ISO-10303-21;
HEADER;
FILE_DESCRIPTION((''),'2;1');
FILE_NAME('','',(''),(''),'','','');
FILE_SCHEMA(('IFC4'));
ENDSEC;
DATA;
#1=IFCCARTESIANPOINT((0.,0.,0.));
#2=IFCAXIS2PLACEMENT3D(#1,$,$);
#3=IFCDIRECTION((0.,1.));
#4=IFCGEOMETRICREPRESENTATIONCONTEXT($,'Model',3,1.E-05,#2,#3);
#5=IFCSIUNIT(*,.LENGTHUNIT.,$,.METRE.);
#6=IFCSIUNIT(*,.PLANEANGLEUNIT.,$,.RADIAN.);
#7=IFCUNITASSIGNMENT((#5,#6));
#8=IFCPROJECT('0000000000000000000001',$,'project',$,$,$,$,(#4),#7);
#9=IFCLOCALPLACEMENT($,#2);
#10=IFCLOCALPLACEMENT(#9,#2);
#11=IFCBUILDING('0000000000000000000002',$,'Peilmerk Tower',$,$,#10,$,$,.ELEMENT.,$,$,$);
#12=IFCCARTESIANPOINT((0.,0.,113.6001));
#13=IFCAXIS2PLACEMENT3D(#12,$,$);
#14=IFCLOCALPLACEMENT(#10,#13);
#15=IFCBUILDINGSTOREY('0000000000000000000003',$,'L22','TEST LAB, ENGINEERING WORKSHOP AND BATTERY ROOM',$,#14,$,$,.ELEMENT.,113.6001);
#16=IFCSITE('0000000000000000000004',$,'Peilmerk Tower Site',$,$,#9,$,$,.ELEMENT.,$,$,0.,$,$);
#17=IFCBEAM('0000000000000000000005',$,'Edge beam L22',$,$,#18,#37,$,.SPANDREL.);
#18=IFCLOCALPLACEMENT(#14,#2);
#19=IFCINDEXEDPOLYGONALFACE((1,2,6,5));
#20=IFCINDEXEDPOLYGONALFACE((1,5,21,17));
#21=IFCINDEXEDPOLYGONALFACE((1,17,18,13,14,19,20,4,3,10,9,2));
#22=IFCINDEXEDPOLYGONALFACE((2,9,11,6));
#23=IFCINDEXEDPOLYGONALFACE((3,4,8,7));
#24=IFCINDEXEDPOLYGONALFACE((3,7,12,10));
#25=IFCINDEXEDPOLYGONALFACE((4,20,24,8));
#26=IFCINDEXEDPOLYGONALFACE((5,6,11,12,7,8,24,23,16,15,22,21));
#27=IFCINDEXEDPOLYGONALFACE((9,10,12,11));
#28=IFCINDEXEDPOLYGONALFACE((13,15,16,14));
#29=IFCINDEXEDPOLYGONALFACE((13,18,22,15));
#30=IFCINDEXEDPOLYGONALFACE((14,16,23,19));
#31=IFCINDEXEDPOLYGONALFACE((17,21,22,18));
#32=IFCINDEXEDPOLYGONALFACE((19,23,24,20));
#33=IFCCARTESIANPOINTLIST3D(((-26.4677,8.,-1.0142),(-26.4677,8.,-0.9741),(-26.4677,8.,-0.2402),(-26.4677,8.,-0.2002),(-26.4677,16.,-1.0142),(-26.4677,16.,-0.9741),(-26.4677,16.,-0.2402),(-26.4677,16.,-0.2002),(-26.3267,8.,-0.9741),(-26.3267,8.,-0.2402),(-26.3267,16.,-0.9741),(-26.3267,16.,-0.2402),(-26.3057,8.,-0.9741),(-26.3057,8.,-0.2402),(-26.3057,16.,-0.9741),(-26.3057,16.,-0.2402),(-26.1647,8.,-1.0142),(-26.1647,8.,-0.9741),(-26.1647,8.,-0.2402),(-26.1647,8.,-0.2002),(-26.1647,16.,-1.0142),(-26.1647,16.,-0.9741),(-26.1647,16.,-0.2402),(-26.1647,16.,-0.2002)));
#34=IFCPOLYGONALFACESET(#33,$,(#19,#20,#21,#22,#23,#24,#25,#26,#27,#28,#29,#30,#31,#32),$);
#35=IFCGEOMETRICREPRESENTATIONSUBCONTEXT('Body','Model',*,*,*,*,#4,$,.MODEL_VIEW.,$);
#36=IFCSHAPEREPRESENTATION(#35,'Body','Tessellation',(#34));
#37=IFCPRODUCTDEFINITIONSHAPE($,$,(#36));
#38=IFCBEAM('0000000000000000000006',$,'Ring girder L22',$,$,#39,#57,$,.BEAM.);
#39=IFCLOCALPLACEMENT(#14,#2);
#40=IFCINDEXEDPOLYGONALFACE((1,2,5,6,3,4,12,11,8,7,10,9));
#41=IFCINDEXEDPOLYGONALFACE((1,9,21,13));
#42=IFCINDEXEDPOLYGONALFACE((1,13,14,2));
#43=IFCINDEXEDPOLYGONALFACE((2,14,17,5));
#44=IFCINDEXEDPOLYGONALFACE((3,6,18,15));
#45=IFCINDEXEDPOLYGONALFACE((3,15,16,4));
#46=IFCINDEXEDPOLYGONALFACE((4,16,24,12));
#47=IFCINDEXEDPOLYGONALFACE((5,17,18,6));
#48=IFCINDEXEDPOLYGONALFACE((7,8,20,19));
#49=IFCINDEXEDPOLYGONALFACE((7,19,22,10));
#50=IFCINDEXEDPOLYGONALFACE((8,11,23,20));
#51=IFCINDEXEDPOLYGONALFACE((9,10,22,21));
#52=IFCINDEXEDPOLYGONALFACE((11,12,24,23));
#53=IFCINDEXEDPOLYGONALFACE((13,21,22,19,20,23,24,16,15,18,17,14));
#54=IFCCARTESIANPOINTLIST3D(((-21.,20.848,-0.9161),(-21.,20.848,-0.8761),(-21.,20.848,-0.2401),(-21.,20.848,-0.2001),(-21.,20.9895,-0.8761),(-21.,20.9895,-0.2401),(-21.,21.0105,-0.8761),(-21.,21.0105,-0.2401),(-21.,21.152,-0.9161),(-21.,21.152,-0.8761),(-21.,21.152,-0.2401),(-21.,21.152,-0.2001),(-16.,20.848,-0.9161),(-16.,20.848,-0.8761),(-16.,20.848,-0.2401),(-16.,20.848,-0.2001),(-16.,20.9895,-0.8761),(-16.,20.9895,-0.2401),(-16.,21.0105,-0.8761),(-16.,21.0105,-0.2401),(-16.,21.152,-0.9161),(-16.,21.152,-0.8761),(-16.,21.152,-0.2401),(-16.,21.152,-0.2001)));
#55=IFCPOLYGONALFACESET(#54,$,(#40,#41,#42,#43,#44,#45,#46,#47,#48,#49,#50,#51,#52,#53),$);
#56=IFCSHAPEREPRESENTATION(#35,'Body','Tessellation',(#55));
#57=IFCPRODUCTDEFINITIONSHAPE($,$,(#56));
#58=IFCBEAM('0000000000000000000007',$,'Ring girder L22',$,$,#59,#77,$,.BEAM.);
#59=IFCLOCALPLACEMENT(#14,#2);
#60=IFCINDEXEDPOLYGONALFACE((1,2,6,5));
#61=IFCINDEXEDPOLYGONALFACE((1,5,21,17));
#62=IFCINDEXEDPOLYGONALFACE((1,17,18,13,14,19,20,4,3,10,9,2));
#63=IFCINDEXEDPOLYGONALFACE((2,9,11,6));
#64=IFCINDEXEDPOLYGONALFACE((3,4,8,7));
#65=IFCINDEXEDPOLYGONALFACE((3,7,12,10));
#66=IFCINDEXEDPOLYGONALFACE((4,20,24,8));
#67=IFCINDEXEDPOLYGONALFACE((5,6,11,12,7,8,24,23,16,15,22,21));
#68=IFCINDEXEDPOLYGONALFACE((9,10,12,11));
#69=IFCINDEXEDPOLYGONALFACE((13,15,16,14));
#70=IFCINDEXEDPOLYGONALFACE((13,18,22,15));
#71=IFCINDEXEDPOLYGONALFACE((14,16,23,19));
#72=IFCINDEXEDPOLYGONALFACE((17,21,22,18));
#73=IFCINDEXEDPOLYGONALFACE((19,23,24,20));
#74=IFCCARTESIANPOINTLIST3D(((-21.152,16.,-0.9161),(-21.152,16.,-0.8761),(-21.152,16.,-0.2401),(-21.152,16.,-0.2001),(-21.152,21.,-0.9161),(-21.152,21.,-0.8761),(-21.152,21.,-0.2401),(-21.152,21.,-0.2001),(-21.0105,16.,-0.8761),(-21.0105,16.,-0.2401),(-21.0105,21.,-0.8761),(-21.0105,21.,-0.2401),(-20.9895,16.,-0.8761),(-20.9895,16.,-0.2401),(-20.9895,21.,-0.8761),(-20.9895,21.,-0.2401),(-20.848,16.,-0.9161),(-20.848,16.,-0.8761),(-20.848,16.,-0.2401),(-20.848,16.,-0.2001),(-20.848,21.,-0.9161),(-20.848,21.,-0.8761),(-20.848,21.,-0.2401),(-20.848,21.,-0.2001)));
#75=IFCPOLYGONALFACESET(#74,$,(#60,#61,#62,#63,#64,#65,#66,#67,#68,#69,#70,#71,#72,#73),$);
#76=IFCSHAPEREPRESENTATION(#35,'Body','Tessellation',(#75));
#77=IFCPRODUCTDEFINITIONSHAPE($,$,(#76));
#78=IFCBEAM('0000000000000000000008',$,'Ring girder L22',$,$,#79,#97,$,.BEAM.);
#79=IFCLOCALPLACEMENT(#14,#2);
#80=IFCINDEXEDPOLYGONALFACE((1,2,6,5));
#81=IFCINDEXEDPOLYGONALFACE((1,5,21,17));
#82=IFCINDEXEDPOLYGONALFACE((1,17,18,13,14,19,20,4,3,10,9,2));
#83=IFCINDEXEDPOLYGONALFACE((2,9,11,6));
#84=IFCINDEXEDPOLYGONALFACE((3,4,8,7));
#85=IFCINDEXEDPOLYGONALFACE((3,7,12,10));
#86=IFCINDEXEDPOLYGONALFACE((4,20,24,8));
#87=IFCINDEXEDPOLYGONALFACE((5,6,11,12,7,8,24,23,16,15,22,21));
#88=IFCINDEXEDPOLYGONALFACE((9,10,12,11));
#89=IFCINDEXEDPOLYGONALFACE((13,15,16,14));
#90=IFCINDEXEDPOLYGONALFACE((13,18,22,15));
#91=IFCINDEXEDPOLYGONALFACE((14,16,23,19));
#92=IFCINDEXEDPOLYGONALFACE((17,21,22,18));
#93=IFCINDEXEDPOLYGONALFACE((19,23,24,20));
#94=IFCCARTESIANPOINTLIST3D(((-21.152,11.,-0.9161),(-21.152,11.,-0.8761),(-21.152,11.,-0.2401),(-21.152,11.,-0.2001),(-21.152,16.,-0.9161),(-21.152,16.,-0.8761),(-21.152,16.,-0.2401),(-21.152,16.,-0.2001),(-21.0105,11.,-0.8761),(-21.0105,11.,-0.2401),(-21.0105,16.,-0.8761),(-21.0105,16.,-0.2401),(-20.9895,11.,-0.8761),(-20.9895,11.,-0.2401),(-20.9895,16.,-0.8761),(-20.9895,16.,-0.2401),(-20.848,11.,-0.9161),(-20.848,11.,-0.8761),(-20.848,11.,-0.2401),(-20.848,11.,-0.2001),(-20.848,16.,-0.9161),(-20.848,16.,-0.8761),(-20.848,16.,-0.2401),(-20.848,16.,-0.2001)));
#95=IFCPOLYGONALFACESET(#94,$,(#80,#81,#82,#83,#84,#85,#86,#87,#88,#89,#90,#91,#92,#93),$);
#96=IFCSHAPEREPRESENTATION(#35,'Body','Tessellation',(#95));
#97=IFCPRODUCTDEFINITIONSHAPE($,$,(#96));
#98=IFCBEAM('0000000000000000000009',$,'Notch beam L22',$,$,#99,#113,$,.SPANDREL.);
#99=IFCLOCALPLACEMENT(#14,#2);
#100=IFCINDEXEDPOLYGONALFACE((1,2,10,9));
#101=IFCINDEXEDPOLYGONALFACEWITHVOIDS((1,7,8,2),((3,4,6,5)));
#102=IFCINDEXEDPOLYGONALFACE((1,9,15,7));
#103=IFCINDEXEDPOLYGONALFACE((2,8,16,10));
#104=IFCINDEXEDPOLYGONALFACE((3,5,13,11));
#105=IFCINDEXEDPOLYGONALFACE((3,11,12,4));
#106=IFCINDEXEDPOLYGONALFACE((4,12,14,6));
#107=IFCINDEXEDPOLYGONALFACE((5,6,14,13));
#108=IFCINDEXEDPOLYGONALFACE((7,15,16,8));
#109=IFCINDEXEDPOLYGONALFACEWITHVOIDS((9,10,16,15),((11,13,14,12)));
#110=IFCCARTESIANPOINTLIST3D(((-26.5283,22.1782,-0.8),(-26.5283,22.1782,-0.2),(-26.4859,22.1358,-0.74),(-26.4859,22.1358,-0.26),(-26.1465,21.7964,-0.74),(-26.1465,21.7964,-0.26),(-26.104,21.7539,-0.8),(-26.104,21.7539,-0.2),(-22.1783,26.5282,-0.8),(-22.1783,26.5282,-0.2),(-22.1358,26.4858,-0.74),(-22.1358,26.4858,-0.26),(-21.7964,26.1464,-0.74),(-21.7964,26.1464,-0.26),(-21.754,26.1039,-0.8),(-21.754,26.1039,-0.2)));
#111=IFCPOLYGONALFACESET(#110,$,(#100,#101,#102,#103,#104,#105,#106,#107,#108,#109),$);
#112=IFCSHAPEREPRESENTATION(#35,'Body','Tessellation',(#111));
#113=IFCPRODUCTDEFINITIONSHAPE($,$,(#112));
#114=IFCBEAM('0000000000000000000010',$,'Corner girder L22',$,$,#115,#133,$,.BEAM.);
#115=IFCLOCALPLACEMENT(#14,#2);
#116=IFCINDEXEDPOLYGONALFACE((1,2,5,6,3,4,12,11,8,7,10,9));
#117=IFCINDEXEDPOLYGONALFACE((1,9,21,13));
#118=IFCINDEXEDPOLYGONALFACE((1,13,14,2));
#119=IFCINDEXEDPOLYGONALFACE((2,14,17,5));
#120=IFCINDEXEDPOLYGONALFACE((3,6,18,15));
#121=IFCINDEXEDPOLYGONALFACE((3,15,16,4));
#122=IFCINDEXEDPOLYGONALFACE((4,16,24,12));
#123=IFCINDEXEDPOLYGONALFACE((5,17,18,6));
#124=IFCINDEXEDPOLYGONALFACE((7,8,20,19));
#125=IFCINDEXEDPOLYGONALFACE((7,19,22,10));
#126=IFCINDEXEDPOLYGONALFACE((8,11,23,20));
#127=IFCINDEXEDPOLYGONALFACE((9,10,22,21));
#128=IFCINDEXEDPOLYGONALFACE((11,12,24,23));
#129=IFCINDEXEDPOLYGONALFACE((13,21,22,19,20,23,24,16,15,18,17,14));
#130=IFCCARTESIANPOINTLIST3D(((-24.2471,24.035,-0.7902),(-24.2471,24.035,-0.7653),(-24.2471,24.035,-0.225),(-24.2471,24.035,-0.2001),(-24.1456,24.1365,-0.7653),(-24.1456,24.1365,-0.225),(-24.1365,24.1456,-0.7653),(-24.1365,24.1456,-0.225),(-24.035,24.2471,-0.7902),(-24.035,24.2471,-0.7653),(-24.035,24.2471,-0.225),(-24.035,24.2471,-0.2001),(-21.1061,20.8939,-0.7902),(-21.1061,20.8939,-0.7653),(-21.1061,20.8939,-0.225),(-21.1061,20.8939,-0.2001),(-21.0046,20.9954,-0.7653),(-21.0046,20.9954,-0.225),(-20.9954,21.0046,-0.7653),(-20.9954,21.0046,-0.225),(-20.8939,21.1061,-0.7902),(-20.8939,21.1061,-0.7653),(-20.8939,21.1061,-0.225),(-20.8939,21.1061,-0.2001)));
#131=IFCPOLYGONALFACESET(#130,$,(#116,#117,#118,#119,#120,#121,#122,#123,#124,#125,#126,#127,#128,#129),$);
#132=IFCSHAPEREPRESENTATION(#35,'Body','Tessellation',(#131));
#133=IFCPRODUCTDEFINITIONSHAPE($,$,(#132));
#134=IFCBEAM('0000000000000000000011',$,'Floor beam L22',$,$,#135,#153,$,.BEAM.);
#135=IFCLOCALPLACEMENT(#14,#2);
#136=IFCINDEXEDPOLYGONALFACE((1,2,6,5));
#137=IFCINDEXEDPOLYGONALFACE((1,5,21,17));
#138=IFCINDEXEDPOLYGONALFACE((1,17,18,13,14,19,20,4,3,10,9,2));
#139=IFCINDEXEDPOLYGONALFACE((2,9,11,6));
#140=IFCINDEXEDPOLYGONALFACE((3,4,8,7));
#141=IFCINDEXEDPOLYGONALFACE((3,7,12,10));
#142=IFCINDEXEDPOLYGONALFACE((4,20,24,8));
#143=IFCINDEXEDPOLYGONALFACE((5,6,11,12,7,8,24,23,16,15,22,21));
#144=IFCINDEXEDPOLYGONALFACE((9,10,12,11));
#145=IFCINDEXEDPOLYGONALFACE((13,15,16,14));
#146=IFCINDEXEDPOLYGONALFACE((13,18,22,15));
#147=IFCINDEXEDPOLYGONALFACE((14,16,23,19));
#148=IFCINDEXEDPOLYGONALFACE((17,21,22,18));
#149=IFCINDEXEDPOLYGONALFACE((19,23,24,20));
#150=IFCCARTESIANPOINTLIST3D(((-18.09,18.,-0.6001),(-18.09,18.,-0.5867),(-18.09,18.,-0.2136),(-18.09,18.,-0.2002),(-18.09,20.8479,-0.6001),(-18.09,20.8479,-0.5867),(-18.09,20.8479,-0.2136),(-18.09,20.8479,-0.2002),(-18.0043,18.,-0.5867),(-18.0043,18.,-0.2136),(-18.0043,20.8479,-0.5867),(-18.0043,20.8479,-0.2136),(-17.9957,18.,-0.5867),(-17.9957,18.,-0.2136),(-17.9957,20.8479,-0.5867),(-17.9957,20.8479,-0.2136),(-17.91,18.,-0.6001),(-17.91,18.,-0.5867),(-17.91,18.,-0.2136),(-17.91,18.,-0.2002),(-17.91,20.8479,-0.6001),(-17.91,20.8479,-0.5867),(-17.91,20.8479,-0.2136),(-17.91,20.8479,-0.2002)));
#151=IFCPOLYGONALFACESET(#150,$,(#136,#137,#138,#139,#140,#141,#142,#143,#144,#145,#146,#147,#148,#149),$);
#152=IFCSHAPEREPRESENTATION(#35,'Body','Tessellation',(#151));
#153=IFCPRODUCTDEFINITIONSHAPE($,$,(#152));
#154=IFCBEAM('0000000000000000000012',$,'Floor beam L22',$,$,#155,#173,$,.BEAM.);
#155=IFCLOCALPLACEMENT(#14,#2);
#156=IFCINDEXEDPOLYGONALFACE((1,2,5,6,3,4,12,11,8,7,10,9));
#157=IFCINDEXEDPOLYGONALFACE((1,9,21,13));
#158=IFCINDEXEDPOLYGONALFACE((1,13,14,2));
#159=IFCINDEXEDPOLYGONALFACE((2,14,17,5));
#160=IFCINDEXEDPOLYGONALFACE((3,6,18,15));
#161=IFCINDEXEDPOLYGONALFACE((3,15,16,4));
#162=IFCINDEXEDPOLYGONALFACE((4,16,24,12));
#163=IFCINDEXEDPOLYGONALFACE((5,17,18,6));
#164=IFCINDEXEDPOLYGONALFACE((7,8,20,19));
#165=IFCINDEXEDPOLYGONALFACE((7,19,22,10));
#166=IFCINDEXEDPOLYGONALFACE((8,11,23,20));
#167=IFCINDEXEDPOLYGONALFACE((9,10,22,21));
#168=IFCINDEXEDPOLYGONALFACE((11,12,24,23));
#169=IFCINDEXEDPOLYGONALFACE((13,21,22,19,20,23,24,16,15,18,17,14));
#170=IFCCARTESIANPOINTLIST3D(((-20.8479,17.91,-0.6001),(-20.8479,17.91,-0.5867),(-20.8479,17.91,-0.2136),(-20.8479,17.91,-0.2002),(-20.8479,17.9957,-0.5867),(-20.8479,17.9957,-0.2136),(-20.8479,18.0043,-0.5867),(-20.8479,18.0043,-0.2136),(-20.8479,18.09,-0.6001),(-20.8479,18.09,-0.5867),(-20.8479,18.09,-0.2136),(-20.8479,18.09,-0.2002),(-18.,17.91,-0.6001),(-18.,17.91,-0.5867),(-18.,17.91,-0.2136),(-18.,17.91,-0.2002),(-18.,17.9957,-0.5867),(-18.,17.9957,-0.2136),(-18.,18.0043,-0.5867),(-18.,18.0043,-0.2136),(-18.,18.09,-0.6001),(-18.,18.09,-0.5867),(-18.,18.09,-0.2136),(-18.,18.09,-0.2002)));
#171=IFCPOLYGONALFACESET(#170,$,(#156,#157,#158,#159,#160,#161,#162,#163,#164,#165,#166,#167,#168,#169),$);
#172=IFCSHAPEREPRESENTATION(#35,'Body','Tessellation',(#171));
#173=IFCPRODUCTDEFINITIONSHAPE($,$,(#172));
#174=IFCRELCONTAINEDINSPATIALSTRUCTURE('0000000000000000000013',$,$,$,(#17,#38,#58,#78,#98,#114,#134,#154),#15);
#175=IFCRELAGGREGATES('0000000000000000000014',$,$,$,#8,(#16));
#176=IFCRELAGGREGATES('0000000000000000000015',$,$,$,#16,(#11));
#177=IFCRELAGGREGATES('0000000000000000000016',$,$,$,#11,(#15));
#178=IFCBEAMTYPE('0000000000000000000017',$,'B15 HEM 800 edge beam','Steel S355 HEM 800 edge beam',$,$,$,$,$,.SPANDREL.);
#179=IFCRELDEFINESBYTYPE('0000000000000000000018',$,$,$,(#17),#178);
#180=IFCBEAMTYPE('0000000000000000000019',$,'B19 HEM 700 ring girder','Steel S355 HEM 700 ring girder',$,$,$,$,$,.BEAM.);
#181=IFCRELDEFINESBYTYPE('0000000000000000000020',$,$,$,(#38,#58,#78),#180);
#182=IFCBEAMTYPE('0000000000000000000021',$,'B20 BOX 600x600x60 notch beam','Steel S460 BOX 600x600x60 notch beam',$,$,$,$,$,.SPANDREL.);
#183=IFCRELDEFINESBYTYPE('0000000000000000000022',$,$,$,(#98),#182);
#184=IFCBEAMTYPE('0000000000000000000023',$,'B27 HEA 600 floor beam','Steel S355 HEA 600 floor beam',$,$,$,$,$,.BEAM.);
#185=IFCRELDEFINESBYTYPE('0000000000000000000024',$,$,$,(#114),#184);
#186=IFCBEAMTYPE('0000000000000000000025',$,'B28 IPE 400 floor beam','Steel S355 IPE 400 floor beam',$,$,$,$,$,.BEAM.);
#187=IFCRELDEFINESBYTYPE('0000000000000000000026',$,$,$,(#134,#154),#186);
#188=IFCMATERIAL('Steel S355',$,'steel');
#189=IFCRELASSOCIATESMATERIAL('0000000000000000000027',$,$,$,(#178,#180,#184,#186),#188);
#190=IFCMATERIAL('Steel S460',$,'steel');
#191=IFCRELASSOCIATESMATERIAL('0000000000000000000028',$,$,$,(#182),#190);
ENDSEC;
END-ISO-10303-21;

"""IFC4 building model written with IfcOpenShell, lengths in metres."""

from ifc_helpers import new_model, si_unit, direction, frame, origin, origin_2d, place, context, subcontext, project, spatial, hollow_rectangle, i_section, extrude, material, material_profile, profile_set, type_object, element, save


model = new_model("IFC4")

# Units and contexts
model_context = context("Model", 3, precision=1e-05, world=origin(), true_north=direction((0.0, 1.0)))
body_context = subcontext(model_context, "Body", "Model", "MODEL_VIEW")
ifc_project = project(units=[si_unit("LENGTHUNIT", "METRE"), si_unit("PLANEANGLEUNIT", "RADIAN")], contexts=[model_context])

# Site, building, storey
site_placement = place(None, origin())
site = spatial("IfcSite", under=ifc_project, at=site_placement, Name="Peilmerk Tower Site", CompositionType="ELEMENT", RefElevation=0.0)
building_placement = place(site_placement, origin())
building = spatial("IfcBuilding", under=site, at=building_placement, Name="Peilmerk Tower", CompositionType="ELEMENT")
storey_placement = place(building_placement, frame((0.0, 0.0, 113.6001)))
storey = spatial("IfcBuildingStorey", under=building, at=storey_placement, Name="L22", Description="TEST LAB, ENGINEERING WORKSHOP AND BATTERY ROOM", CompositionType="ELEMENT", Elevation=113.6001)

# Shared definitions
ifc_material_1 = material(Name="Steel S460", Category="steel")

# Beams
ifc_material_2 = material(Name="Steel S355", Category="steel")
ifc_material_profile_1 = material_profile(ifc_material_2, i_section(OverallWidth=0.303, OverallDepth=0.814, WebThickness=0.021, FlangeThickness=0.04, at=origin_2d()), Name="HEM 800")
ifc_profile_set_1 = profile_set([ifc_material_profile_1], Name="Steel S355")
beam_type_1 = type_object("IfcBeamType", Name="B15 HEM 800 edge beam", Description="Steel S355 HEM 800 edge beam", PredefinedType="SPANDREL", material=ifc_profile_set_1)
beam_1_placement = place(storey_placement, frame((-26.3162, 16.0, -0.6072), z_axis=(0.0, -1.0, 0.0), x_axis=(1.0, 0.0, 0.0)))
element("IfcBeam", 1, at=beam_1_placement, inside=storey, type_object=beam_type_1, Name="Edge beam L22", PredefinedType="SPANDREL", context=body_context, shape_type="SweptSolid", body=[
    extrude(i_section(OverallWidth=0.303, OverallDepth=0.814, WebThickness=0.021, FlangeThickness=0.04, at=origin_2d()), origin(), (0.0, 0.0, 1.0), 8.0),
])
ifc_material_profile_2 = material_profile(ifc_material_2, i_section(OverallWidth=0.304, OverallDepth=0.7161, WebThickness=0.021, FlangeThickness=0.04, at=origin_2d()), Name="HEM 700")
ifc_profile_set_2 = profile_set([ifc_material_profile_2], Name="Steel S355")
beam_type_2 = type_object("IfcBeamType", Name="B19 HEM 700 ring girder", Description="Steel S355 HEM 700 ring girder", PredefinedType="BEAM", material=ifc_profile_set_2)
for number, where, z_axis, x_axis, name in (
    (2, (-16.0, 21.0, -0.5581), (-1.0, 0.0, 0.0), (0.0, -1.0, 0.0), "Ring girder L22"),
    (3, (-21.0, 21.0, -0.5581), (0.0, -1.0, 0.0), (1.0, 0.0, 0.0), "Ring girder L22"),
    (4, (-21.0, 16.0, -0.5581), (0.0, -1.0, 0.0), (1.0, 0.0, 0.0), "Ring girder L22"),
):
    element("IfcBeam", number, at=place(storey_placement, frame(where, z_axis=z_axis, x_axis=x_axis)), inside=storey, type_object=beam_type_2, Name=name, PredefinedType="BEAM", context=body_context, shape_type="SweptSolid", body=[
        extrude(i_section(OverallWidth=0.304, OverallDepth=0.7161, WebThickness=0.021, FlangeThickness=0.04, at=origin_2d()), origin(), (0.0, 0.0, 1.0), 5.0),
    ])
ifc_material_profile_3 = material_profile(ifc_material_1, hollow_rectangle(XDim=0.6001, YDim=0.6001, WallThickness=0.0601, at=origin_2d()), Name="BOX 600x600x60")
ifc_profile_set_3 = profile_set([ifc_material_profile_3], Name="Steel S460")
beam_type_3 = type_object("IfcBeamType", Name="B20 BOX 600x600x60 notch beam", Description="Steel S460 BOX 600x600x60 notch beam", PredefinedType="SPANDREL", material=ifc_profile_set_3)
beam_2_placement = place(storey_placement, frame((-26.3162, 21.9661, -0.5), z_axis=(0.707107, 0.707107, 0.0), x_axis=(-0.707107, 0.707107, 0.0)))
element("IfcBeam", 5, at=beam_2_placement, inside=storey, type_object=beam_type_3, Name="Notch beam L22", PredefinedType="SPANDREL", context=body_context, shape_type="SweptSolid", body=[
    extrude(hollow_rectangle(XDim=0.6001, YDim=0.6001, WallThickness=0.0601, at=origin_2d()), origin(), (0.0, 0.0, 1.0), 6.1519),
])
ifc_material_profile_4 = material_profile(ifc_material_2, i_section(OverallWidth=0.3, OverallDepth=0.5901, WebThickness=0.0129, FlangeThickness=0.0249, at=origin_2d()), Name="HEA 600")
ifc_profile_set_4 = profile_set([ifc_material_profile_4], Name="Steel S355")
beam_type_4 = type_object("IfcBeamType", Name="B27 HEA 600 floor beam", Description="Steel S355 HEA 600 floor beam", PredefinedType="BEAM", material=ifc_profile_set_4)
beam_3_placement = place(storey_placement, frame((-21.0, 21.0, -0.4951), z_axis=(-0.707107, 0.707107, 0.0), x_axis=(-0.707107, -0.707107, 0.0)))
element("IfcBeam", 6, at=beam_3_placement, inside=storey, type_object=beam_type_4, Name="Corner girder L22", PredefinedType="BEAM", context=body_context, shape_type="SweptSolid", body=[
    extrude(i_section(OverallWidth=0.3, OverallDepth=0.5901, WebThickness=0.0129, FlangeThickness=0.0249, at=origin_2d()), origin(), (0.0, 0.0, 1.0), 4.4421),
])
ifc_material_profile_5 = material_profile(ifc_material_2, i_section(OverallWidth=0.1799, OverallDepth=0.3999, WebThickness=0.0085, FlangeThickness=0.0134, at=origin_2d()), Name="IPE 400")
ifc_profile_set_5 = profile_set([ifc_material_profile_5], Name="Steel S355")
beam_type_5 = type_object("IfcBeamType", Name="B28 IPE 400 floor beam", Description="Steel S355 IPE 400 floor beam", PredefinedType="BEAM", material=ifc_profile_set_5)
for number, where, z_axis, x_axis, name in (
    (7, (-18.0, 18.0, -0.4001), (0.0, 1.0, 0.0), (-1.0, 0.0, 0.0), "Floor beam L22"),
    (8, (-18.0, 18.0, -0.4001), (-1.0, 0.0, 0.0), (0.0, -1.0, 0.0), "Floor beam L22"),
):
    element("IfcBeam", number, at=place(storey_placement, frame(where, z_axis=z_axis, x_axis=x_axis)), inside=storey, type_object=beam_type_5, Name=name, PredefinedType="BEAM", context=body_context, shape_type="SweptSolid", body=[
        extrude(i_section(OverallWidth=0.1799, OverallDepth=0.3999, WebThickness=0.0085, FlangeThickness=0.0134, at=origin_2d()), origin(), (0.0, 0.0, 1.0), 2.8479),
    ])

save(model, "model.ifc")
